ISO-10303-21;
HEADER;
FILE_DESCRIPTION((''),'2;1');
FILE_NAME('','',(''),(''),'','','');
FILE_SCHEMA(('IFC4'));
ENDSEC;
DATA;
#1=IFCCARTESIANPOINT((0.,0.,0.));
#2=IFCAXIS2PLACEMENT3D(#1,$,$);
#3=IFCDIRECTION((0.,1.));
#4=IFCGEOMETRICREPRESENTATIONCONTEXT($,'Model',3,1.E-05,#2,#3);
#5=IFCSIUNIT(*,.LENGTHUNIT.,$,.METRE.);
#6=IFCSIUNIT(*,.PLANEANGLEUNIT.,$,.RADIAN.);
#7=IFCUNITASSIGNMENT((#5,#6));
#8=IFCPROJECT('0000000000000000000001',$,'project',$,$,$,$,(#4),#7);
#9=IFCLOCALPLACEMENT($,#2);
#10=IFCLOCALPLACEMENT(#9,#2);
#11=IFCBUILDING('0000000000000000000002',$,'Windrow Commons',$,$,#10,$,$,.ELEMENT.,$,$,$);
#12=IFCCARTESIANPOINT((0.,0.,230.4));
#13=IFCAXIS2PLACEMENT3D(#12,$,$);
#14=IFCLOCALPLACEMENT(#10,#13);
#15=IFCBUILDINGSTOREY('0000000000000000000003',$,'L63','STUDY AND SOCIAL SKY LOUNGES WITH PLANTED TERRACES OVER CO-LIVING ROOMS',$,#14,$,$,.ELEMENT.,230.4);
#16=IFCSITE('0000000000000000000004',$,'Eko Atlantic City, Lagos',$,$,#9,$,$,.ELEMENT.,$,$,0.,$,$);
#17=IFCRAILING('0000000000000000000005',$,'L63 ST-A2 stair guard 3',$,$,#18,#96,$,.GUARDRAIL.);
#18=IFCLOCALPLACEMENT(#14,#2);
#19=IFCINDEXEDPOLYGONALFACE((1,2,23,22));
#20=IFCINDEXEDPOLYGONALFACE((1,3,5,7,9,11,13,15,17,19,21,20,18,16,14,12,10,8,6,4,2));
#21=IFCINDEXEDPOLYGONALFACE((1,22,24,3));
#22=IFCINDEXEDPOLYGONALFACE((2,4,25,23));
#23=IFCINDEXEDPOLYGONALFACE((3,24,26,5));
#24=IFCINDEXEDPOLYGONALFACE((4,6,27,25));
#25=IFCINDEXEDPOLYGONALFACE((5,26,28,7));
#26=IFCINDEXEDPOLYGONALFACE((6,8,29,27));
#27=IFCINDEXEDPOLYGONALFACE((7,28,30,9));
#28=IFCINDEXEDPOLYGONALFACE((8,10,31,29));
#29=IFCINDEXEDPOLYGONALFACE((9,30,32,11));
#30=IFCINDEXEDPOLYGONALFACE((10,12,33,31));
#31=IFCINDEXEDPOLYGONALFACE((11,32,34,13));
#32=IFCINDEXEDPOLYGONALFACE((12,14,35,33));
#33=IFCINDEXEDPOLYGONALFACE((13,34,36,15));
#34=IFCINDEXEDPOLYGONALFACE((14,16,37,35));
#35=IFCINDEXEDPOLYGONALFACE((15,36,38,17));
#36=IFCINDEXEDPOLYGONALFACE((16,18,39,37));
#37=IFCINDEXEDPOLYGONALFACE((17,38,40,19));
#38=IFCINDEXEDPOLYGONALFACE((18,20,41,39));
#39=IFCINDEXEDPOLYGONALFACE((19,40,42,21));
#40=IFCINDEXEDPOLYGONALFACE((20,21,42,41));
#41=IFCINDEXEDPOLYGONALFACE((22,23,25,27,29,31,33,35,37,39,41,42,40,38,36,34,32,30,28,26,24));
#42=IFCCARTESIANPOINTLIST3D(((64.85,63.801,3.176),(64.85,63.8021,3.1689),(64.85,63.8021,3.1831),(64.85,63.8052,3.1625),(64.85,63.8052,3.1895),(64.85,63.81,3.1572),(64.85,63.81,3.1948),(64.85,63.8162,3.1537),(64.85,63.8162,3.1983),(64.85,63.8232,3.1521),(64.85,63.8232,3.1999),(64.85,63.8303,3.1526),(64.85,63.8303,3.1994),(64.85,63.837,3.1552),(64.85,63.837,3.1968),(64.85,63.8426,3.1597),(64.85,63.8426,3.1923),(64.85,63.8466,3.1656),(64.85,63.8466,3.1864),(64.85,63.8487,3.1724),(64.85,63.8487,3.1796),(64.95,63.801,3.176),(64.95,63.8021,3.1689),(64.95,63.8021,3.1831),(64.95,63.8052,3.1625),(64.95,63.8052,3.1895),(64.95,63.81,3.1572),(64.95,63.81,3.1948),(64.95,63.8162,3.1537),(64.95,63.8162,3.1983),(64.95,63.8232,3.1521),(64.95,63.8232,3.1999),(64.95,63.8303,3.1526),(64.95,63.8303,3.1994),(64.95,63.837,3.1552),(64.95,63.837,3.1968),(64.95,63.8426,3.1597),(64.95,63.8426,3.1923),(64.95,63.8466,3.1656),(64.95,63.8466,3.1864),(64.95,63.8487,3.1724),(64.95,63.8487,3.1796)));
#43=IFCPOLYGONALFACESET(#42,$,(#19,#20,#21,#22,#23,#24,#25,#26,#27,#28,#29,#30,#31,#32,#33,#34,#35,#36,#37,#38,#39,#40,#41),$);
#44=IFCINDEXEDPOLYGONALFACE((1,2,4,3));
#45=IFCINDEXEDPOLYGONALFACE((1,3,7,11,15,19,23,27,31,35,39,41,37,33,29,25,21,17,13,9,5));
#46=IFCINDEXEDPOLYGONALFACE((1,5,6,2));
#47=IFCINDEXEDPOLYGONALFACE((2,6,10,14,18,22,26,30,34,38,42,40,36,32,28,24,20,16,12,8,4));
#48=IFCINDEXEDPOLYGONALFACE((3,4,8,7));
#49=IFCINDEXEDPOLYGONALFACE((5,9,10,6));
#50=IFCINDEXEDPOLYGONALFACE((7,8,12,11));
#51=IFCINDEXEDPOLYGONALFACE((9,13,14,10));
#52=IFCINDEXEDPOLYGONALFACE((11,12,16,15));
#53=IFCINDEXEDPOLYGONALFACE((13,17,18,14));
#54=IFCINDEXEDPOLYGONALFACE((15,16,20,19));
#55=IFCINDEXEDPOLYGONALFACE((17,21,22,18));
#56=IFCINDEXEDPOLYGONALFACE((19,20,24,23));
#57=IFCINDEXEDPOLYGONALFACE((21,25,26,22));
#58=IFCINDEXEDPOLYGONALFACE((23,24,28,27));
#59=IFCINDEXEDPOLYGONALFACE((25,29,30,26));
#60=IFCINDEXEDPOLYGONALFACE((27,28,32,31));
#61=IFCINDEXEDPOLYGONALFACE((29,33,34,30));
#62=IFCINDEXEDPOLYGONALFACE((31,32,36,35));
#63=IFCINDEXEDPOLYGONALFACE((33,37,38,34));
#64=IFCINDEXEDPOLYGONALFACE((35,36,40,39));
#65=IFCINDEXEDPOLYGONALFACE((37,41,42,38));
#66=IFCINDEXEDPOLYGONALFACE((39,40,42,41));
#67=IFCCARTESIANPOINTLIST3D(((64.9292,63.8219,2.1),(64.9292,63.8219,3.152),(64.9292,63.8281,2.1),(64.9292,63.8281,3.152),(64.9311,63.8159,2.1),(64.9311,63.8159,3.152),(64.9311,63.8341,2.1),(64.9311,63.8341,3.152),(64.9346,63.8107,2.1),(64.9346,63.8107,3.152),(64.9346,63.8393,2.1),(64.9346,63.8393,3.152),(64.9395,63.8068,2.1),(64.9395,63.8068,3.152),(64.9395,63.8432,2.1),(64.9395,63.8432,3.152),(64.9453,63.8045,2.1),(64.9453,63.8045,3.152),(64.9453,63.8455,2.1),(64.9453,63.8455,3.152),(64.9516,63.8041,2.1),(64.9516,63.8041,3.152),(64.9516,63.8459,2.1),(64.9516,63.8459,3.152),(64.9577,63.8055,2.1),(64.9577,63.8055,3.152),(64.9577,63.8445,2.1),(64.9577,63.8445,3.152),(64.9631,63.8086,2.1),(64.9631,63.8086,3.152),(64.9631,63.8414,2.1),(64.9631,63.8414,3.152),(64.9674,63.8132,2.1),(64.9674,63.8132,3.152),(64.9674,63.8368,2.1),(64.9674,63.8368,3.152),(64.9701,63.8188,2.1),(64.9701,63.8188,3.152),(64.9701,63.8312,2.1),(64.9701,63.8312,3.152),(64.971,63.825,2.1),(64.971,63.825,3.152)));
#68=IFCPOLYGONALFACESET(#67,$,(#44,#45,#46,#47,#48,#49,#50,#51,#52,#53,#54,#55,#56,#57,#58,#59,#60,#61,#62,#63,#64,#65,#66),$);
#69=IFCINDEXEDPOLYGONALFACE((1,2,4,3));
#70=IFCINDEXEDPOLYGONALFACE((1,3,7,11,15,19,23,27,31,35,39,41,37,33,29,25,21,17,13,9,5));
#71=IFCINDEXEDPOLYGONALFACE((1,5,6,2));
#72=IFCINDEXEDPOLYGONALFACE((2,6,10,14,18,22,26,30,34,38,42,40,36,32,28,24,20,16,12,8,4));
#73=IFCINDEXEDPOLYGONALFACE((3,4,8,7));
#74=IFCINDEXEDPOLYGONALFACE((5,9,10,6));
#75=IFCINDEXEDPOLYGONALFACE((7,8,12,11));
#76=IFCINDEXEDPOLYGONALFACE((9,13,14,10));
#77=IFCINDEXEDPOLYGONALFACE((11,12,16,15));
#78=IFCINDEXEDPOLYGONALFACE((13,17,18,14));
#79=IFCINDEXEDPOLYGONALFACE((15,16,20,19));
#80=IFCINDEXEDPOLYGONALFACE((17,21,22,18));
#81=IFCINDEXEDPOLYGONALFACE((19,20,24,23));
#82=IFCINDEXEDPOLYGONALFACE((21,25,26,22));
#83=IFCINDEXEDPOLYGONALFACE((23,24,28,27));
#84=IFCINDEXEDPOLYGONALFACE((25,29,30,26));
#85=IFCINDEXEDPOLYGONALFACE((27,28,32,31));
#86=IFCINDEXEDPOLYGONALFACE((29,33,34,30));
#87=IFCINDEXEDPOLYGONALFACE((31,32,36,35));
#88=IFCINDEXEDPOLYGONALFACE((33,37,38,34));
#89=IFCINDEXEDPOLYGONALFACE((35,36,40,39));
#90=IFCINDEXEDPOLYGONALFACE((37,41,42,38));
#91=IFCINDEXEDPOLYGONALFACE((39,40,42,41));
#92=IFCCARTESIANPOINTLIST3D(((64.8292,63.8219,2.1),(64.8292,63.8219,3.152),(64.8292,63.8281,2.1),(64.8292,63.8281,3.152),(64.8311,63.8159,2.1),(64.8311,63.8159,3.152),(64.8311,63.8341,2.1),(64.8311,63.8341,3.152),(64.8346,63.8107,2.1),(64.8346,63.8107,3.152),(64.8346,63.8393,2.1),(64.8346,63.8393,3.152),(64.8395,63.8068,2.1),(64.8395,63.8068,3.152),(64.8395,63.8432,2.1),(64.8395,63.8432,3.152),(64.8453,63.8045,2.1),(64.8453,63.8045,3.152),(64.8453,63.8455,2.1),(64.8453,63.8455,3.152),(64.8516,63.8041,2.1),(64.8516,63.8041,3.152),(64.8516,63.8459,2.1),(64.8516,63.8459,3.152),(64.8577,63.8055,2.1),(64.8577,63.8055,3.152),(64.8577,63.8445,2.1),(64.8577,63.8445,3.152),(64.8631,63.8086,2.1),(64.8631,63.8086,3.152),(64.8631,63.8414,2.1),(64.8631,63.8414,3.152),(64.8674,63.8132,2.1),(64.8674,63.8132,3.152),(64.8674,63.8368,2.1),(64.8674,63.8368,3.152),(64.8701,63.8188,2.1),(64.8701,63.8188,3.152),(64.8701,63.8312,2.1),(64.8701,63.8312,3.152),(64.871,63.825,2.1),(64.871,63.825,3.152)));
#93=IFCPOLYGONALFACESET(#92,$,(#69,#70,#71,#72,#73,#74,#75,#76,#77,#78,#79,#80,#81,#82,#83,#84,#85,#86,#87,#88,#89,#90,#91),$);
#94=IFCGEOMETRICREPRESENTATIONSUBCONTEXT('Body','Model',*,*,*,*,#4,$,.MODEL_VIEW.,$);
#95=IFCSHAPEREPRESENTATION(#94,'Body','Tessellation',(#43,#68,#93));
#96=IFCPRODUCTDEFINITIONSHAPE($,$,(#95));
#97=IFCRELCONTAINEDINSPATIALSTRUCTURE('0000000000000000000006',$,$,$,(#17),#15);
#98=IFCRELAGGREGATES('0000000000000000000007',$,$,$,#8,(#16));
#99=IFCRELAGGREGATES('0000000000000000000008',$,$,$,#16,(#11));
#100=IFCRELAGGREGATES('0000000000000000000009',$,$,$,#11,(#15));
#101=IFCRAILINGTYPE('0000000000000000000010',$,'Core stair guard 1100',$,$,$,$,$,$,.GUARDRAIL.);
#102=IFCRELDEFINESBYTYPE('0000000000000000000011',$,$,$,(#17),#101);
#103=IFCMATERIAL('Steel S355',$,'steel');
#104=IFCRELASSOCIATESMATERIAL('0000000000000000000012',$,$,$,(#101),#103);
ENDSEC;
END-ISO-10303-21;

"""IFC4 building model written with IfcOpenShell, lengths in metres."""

from ifc_helpers import new_model, si_unit, direction, frame, origin, origin_2d, place, context, subcontext, project, spatial, circle, extrude, material, type_object, element, save


model = new_model("IFC4")

# Units and contexts
model_context = context("Model", 3, precision=1e-05, world=origin(), true_north=direction((0.0, 1.0)))
body_context = subcontext(model_context, "Body", "Model", "MODEL_VIEW")
ifc_project = project(units=[si_unit("LENGTHUNIT", "METRE"), si_unit("PLANEANGLEUNIT", "RADIAN")], contexts=[model_context])

# Site, building, storey
site_placement = place(None, origin())
site = spatial("IfcSite", under=ifc_project, at=site_placement, Name="Eko Atlantic City, Lagos", CompositionType="ELEMENT", RefElevation=0.0)
building_placement = place(site_placement, origin())
building = spatial("IfcBuilding", under=site, at=building_placement, Name="Windrow Commons", CompositionType="ELEMENT")
storey_placement = place(building_placement, frame((0.0, 0.0, 230.4)))
storey = spatial("IfcBuildingStorey", under=building, at=storey_placement, Name="L63", Description="STUDY AND SOCIAL SKY LOUNGES WITH PLANTED TERRACES OVER CO-LIVING ROOMS", CompositionType="ELEMENT", Elevation=230.4)

# Railing
ifc_material_1 = material(Name="Steel S355", Category="steel")
railing_type_1 = type_object("IfcRailingType", Name="Core stair guard 1100", PredefinedType="GUARDRAIL", material=ifc_material_1)
railing_1_placement = place(storey_placement, frame((64.95, 63.825, 2.1)))
element("IfcRailing", 1, at=railing_1_placement, inside=storey, type_object=railing_type_1, Name="L63 ST-A2 stair guard 3", PredefinedType="GUARDRAIL", context=body_context, shape_type="SweptSolid", body=[
    extrude(circle(Radius=0.024, at=origin_2d()), frame((0.0, 0.0, 1.076), z_axis=(-1.0, 0.0, 0.0), x_axis=(0.0, -1.0, 0.0)), (0.0, 0.0, 1.0), 0.1),
    extrude(circle(Radius=0.021, at=origin_2d()), origin(), (0.0, 0.0, 1.0), 1.052),
    extrude(circle(Radius=0.021, at=origin_2d()), frame((-0.1, 0.0, 0.0)), (0.0, 0.0, 1.0), 1.052),
])

save(model, "model.ifc")
